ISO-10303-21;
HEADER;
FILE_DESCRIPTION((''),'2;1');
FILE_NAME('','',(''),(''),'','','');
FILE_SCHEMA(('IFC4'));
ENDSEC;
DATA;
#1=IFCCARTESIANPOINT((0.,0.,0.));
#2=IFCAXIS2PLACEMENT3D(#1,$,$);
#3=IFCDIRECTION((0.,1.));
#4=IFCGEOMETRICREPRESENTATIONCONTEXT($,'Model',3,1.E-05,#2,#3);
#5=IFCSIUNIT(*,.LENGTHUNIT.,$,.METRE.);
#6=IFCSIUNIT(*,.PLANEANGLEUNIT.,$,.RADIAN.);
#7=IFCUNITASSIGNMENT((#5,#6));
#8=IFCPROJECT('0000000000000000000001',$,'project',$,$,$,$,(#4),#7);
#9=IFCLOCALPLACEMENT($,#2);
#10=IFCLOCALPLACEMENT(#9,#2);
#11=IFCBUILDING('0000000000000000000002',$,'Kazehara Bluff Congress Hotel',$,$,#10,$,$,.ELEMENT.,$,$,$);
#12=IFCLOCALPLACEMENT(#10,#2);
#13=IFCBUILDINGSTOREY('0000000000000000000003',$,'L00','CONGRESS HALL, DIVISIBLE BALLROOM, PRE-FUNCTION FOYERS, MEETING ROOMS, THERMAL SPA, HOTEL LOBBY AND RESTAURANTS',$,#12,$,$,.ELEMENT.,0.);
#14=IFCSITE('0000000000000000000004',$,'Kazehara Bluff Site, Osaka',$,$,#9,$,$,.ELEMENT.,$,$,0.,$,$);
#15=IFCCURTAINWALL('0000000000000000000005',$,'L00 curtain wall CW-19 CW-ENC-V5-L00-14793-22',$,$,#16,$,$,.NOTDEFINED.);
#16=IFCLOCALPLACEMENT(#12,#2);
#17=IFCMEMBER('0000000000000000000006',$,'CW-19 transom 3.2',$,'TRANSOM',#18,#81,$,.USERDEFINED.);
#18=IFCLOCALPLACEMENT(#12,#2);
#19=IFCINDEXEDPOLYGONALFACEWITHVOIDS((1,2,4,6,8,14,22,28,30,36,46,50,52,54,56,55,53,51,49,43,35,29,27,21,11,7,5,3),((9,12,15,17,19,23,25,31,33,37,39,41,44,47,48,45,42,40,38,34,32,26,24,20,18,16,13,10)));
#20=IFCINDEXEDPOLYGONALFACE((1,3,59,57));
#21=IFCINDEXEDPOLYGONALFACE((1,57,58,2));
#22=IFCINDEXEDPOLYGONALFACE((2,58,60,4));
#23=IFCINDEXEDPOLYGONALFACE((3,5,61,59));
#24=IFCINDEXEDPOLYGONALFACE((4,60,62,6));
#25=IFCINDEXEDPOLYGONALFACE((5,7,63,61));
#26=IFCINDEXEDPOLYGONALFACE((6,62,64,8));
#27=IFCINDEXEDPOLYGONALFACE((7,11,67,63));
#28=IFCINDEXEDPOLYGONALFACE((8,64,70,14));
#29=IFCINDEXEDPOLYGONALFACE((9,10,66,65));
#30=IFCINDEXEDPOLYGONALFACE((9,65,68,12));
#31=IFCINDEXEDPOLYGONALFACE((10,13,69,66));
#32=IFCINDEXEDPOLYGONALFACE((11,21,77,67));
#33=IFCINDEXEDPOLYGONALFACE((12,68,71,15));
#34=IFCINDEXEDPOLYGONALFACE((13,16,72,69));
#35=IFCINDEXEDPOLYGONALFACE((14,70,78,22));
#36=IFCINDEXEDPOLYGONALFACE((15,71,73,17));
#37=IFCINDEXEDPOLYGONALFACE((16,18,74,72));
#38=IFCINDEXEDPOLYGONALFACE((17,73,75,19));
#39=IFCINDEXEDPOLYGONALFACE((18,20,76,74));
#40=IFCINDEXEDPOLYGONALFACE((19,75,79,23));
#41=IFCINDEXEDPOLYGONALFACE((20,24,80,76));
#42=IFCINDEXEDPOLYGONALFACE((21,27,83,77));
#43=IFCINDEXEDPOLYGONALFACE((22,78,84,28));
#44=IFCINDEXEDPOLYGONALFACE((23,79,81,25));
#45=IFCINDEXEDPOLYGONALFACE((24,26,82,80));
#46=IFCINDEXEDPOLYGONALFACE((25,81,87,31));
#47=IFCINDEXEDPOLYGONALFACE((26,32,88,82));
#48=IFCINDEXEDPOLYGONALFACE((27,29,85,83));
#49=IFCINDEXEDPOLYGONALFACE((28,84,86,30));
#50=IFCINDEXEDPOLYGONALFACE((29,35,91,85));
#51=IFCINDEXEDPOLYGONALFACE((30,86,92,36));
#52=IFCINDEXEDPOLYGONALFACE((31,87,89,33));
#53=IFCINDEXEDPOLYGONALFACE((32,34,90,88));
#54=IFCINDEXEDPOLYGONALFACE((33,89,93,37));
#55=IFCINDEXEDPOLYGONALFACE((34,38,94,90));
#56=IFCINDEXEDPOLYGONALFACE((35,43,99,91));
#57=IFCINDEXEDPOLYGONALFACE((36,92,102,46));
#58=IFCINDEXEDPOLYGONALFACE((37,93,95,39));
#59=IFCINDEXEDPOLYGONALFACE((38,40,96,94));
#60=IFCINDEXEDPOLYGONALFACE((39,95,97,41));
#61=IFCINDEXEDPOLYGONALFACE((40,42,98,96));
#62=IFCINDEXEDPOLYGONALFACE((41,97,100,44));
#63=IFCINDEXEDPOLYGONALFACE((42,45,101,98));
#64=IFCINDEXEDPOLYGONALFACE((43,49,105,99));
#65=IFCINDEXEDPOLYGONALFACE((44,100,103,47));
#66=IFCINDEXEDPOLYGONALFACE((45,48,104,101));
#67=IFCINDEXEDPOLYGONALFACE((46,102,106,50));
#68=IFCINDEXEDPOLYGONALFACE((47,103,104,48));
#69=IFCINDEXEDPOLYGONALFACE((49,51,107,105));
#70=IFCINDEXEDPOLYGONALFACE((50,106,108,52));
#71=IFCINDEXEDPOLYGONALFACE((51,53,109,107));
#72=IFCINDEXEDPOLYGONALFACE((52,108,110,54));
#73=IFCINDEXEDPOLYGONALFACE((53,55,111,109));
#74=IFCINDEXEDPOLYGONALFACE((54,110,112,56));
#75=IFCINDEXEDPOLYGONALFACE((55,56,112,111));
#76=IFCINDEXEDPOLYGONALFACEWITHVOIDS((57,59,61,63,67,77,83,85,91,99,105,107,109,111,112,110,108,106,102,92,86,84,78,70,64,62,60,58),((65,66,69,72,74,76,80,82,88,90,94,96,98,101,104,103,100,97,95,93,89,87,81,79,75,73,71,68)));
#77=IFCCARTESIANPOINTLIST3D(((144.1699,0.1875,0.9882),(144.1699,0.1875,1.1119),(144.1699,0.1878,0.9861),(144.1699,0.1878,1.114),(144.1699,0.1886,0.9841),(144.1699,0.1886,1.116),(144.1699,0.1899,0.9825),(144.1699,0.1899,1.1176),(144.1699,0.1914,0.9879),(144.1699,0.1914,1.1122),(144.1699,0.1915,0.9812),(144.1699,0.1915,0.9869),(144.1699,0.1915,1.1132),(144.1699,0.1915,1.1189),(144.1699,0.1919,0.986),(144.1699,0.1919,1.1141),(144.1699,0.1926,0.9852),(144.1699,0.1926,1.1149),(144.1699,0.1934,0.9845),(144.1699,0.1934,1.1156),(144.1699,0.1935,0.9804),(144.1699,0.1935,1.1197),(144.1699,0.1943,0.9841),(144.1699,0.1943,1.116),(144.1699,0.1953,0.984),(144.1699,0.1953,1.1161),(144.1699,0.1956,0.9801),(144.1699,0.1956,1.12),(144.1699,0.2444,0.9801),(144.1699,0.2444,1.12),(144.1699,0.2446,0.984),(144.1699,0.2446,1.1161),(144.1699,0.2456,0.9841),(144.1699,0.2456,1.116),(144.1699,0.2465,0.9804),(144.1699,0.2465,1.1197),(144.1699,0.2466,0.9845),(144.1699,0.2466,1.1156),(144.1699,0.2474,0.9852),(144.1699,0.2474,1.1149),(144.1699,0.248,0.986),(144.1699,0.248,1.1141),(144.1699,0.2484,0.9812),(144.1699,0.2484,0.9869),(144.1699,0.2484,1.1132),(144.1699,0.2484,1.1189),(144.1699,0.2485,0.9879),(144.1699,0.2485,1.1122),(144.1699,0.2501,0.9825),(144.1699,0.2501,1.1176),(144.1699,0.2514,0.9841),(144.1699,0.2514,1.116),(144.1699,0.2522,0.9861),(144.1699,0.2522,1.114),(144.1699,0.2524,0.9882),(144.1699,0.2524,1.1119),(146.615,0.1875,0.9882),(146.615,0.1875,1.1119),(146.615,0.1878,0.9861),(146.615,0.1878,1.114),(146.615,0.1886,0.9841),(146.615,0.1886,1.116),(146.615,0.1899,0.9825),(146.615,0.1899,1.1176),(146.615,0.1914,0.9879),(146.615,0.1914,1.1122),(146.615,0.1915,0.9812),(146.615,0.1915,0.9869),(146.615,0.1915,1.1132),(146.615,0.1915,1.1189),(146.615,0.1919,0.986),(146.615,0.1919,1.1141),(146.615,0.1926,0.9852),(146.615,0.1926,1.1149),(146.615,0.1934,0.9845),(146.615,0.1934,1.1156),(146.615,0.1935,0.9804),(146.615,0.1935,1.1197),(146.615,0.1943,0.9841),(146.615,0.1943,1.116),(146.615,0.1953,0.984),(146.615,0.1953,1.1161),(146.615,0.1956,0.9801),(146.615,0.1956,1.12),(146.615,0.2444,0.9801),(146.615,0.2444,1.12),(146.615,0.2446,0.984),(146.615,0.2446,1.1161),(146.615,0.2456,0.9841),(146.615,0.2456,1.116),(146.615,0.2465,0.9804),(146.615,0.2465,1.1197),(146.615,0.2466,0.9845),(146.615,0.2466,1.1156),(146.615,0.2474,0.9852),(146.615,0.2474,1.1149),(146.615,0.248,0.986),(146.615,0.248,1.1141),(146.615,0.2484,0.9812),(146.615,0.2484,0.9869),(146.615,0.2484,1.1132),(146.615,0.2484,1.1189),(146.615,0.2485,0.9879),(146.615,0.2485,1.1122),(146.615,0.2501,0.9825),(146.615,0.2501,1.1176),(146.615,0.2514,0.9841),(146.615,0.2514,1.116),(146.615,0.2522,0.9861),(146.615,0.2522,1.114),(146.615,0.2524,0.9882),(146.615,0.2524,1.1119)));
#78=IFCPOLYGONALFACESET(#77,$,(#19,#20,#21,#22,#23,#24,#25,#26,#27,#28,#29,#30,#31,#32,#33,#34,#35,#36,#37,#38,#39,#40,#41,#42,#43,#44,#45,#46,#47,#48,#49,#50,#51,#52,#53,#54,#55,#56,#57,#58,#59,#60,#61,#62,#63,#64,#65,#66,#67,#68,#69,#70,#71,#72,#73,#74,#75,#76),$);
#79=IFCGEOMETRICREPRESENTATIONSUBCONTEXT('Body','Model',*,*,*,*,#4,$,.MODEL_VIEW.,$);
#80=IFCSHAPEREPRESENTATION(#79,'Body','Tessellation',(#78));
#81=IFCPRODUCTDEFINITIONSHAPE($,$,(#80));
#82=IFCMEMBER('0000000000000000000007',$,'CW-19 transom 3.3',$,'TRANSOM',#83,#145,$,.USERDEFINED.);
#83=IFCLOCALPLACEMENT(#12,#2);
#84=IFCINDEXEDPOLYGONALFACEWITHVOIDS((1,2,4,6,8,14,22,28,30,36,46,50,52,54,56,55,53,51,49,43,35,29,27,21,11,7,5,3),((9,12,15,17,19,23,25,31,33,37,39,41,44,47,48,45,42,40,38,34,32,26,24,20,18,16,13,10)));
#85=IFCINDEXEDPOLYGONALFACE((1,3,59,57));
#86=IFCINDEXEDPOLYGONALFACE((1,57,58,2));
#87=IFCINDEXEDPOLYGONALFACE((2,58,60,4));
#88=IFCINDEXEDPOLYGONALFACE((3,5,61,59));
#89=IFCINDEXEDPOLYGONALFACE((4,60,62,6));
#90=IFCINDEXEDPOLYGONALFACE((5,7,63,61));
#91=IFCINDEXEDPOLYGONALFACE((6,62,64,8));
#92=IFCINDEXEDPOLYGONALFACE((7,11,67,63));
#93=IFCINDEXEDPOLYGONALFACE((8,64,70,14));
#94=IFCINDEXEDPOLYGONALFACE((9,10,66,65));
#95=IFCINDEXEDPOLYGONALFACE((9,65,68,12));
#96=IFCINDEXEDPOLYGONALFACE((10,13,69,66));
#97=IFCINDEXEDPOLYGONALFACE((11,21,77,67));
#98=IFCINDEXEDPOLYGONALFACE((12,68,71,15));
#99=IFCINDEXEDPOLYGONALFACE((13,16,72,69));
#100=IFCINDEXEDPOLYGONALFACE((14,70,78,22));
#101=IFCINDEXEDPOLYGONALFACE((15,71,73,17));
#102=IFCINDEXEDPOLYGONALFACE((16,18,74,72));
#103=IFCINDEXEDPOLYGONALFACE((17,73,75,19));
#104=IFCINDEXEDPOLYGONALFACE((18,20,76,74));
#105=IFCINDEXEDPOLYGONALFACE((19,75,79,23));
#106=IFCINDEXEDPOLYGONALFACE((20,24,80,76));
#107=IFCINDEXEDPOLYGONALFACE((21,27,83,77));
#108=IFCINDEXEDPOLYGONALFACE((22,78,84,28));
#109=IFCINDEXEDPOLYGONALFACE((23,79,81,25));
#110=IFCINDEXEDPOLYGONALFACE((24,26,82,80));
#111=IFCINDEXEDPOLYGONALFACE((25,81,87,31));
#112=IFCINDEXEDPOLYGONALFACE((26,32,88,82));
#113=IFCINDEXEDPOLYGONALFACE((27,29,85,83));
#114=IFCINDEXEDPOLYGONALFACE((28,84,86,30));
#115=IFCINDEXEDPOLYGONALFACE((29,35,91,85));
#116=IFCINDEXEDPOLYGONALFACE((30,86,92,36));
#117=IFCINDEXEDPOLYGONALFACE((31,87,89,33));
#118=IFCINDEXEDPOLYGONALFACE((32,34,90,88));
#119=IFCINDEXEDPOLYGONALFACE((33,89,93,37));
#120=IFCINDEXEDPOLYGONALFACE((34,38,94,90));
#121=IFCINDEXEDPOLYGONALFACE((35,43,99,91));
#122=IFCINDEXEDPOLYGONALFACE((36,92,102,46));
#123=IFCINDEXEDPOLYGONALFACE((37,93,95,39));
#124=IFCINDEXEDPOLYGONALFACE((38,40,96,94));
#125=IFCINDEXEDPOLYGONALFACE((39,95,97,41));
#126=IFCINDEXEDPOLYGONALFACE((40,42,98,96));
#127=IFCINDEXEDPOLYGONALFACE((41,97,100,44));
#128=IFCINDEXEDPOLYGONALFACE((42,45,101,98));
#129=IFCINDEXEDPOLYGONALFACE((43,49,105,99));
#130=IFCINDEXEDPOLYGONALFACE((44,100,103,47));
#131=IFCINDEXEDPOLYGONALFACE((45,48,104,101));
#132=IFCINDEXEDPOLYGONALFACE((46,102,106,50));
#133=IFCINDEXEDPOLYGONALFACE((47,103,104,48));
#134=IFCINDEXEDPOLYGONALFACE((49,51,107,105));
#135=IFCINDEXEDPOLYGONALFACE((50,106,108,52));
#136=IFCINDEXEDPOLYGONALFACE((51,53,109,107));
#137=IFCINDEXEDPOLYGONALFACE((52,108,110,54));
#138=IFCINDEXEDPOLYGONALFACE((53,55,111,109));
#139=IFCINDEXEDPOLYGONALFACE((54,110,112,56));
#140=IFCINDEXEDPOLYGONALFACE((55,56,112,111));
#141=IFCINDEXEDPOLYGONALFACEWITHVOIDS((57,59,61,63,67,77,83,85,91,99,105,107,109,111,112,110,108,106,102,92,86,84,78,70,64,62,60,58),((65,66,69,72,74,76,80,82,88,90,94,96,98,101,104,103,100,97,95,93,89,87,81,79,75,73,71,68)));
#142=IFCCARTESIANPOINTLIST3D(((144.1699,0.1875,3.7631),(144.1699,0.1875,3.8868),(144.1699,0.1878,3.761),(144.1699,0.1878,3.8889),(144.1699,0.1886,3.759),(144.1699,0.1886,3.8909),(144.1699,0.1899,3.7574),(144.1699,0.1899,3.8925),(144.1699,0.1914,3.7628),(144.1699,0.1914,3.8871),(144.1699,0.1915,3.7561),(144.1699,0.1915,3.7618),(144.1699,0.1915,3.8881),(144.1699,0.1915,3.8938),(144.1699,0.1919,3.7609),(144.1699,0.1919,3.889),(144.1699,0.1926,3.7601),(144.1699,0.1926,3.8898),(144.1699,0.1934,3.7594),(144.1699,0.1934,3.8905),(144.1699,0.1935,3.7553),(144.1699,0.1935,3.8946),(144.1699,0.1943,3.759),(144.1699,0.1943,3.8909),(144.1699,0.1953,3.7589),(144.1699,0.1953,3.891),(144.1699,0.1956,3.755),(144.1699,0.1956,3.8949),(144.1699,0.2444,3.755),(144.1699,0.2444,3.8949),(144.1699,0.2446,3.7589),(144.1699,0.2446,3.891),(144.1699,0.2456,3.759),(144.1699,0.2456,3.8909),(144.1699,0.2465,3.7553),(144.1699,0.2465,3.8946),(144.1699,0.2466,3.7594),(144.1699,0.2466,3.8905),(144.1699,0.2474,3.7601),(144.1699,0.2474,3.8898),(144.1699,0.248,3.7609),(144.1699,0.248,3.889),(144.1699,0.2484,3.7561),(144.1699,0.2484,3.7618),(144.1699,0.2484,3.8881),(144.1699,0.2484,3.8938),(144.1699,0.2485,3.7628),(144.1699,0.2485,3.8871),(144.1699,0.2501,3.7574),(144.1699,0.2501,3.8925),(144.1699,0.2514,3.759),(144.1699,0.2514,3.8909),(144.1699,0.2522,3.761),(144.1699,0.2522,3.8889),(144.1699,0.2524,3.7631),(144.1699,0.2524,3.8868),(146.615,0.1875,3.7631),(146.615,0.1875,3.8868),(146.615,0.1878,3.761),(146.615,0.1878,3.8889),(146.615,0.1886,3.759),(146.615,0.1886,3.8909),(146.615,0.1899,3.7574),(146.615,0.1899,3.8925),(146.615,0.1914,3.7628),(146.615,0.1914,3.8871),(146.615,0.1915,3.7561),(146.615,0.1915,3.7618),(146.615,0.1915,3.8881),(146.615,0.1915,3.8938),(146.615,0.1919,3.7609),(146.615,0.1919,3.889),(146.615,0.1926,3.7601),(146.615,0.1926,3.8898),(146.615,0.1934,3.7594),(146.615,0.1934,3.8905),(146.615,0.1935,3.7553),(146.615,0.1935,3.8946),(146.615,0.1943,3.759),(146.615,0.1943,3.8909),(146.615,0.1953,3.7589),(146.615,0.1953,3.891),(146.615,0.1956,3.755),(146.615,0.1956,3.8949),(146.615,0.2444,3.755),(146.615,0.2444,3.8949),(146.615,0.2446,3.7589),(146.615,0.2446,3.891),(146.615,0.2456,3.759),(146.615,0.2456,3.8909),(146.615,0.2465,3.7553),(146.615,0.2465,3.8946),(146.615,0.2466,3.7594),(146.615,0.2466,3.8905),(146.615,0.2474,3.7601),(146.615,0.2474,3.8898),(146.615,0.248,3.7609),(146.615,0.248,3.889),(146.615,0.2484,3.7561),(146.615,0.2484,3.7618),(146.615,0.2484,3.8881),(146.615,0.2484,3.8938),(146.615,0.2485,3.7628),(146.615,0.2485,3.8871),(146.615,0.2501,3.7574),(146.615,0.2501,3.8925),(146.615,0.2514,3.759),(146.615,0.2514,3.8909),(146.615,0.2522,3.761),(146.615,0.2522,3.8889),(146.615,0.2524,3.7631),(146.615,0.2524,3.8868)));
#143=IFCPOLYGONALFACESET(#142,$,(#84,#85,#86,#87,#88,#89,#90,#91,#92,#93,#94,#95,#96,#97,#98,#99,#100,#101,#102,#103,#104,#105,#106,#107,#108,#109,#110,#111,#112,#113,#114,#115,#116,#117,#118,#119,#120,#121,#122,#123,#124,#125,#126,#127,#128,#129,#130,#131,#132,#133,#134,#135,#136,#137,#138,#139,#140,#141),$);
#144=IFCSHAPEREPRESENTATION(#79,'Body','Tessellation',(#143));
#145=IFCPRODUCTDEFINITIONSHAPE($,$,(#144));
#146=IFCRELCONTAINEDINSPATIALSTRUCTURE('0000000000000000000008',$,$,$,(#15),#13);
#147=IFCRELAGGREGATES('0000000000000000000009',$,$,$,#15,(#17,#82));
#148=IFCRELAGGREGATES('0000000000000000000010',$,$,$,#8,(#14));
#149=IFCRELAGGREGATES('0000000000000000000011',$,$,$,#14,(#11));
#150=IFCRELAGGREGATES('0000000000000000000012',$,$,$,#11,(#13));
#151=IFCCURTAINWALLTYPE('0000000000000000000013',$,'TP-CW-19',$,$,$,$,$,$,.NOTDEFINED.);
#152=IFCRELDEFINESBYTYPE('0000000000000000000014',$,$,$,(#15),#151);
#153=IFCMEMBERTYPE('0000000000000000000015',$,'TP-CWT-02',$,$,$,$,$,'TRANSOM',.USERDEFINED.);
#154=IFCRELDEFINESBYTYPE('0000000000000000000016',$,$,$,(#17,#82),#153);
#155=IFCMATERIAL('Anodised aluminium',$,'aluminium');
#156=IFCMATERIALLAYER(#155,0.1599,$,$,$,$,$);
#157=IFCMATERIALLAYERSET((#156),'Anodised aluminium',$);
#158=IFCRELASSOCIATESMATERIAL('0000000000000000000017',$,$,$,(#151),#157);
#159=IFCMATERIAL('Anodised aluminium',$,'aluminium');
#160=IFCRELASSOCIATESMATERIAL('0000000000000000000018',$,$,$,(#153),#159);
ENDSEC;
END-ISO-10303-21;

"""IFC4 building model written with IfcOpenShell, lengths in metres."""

from ifc_helpers import new_model, si_unit, direction, frame, origin, origin_2d, place, context, subcontext, project, spatial, hollow_rectangle, extrude, material, layer, layer_set, material_profile, profile_set, type_object, element, aggregate, save


model = new_model("IFC4")

# Units and contexts
model_context = context("Model", 3, precision=1e-05, world=origin(), true_north=direction((0.0, 1.0)))
body_context = subcontext(model_context, "Body", "Model", "MODEL_VIEW")
ifc_project = project(units=[si_unit("LENGTHUNIT", "METRE"), si_unit("PLANEANGLEUNIT", "RADIAN")], contexts=[model_context])

# Site, building, storey
site_placement = place(None, origin())
site = spatial("IfcSite", under=ifc_project, at=site_placement, Name="Kazehara Bluff Site, Osaka", CompositionType="ELEMENT", RefElevation=0.0)
building_placement = place(site_placement, origin())
building = spatial("IfcBuilding", under=site, at=building_placement, Name="Kazehara Bluff Congress Hotel", CompositionType="ELEMENT")
storey_placement = place(building_placement, origin())
storey = spatial("IfcBuildingStorey", under=building, at=storey_placement, Name="L00", Description="CONGRESS HALL, DIVISIBLE BALLROOM, PRE-FUNCTION FOYERS, MEETING ROOMS, THERMAL SPA, HOTEL LOBBY AND RESTAURANTS", CompositionType="ELEMENT", Elevation=0.0)

# Curtain wall, members
ifc_material_1 = material(Name="Anodised aluminium", Category="aluminium")
ifc_layer_1 = layer(ifc_material_1, 0.1599)
ifc_layer_set_1 = layer_set([ifc_layer_1], Name="Anodised aluminium")
curtain_wall_type = type_object("IfcCurtainWallType", Name="TP-CW-19", PredefinedType="NOTDEFINED", material=ifc_layer_set_1)
curtain_wall_placement = place(storey_placement, origin())
curtain_wall = element("IfcCurtainWall", 1, at=curtain_wall_placement, inside=storey, type_object=curtain_wall_type, Name="L00 curtain wall CW-19 CW-ENC-V5-L00-14793-22", PredefinedType="NOTDEFINED")
ifc_material_2 = material(Name="Anodised aluminium", Category="aluminium")
ifc_material_profile_1 = material_profile(ifc_material_2, hollow_rectangle(XDim=0.0649, YDim=0.1399, WallThickness=0.0039, InnerFilletRadius=0.0039, OuterFilletRadius=0.0081, at=origin_2d()))
ifc_profile_set_1 = profile_set([ifc_material_profile_1], Name="Anodised aluminium")
member_type_1 = type_object("IfcMemberType", Name="TP-CWT-02", ElementType="TRANSOM", PredefinedType="USERDEFINED", material=ifc_profile_set_1)
member_1_placement = place(storey_placement, frame((146.615, 0.22, 1.05), z_axis=(-1.0, 0.0, 0.0), x_axis=(0.0, -1.0, 0.0)))
member_1 = element("IfcMember", 2, at=member_1_placement, type_object=member_type_1, Name="CW-19 transom 3.2", ObjectType="TRANSOM", PredefinedType="USERDEFINED", context=body_context, shape_type="SweptSolid", body=[
    extrude(hollow_rectangle(XDim=0.0649, YDim=0.1399, WallThickness=0.0039, InnerFilletRadius=0.0039, OuterFilletRadius=0.0081, at=origin_2d()), origin(), (0.0, 0.0, 1.0), 2.4451),
])
member_2_placement = place(storey_placement, frame((146.615, 0.22, 3.825), z_axis=(-1.0, 0.0, 0.0), x_axis=(0.0, -1.0, 0.0)))
member_2 = element("IfcMember", 3, at=member_2_placement, type_object=member_type_1, Name="CW-19 transom 3.3", ObjectType="TRANSOM", PredefinedType="USERDEFINED", context=body_context, shape_type="SweptSolid", body=[
    extrude(hollow_rectangle(XDim=0.0649, YDim=0.1399, WallThickness=0.0039, InnerFilletRadius=0.0039, OuterFilletRadius=0.0081, at=origin_2d()), origin(), (0.0, 0.0, 1.0), 2.4451),
])

aggregate(curtain_wall, [member_1, member_2])

save(model, "model.ifc")
